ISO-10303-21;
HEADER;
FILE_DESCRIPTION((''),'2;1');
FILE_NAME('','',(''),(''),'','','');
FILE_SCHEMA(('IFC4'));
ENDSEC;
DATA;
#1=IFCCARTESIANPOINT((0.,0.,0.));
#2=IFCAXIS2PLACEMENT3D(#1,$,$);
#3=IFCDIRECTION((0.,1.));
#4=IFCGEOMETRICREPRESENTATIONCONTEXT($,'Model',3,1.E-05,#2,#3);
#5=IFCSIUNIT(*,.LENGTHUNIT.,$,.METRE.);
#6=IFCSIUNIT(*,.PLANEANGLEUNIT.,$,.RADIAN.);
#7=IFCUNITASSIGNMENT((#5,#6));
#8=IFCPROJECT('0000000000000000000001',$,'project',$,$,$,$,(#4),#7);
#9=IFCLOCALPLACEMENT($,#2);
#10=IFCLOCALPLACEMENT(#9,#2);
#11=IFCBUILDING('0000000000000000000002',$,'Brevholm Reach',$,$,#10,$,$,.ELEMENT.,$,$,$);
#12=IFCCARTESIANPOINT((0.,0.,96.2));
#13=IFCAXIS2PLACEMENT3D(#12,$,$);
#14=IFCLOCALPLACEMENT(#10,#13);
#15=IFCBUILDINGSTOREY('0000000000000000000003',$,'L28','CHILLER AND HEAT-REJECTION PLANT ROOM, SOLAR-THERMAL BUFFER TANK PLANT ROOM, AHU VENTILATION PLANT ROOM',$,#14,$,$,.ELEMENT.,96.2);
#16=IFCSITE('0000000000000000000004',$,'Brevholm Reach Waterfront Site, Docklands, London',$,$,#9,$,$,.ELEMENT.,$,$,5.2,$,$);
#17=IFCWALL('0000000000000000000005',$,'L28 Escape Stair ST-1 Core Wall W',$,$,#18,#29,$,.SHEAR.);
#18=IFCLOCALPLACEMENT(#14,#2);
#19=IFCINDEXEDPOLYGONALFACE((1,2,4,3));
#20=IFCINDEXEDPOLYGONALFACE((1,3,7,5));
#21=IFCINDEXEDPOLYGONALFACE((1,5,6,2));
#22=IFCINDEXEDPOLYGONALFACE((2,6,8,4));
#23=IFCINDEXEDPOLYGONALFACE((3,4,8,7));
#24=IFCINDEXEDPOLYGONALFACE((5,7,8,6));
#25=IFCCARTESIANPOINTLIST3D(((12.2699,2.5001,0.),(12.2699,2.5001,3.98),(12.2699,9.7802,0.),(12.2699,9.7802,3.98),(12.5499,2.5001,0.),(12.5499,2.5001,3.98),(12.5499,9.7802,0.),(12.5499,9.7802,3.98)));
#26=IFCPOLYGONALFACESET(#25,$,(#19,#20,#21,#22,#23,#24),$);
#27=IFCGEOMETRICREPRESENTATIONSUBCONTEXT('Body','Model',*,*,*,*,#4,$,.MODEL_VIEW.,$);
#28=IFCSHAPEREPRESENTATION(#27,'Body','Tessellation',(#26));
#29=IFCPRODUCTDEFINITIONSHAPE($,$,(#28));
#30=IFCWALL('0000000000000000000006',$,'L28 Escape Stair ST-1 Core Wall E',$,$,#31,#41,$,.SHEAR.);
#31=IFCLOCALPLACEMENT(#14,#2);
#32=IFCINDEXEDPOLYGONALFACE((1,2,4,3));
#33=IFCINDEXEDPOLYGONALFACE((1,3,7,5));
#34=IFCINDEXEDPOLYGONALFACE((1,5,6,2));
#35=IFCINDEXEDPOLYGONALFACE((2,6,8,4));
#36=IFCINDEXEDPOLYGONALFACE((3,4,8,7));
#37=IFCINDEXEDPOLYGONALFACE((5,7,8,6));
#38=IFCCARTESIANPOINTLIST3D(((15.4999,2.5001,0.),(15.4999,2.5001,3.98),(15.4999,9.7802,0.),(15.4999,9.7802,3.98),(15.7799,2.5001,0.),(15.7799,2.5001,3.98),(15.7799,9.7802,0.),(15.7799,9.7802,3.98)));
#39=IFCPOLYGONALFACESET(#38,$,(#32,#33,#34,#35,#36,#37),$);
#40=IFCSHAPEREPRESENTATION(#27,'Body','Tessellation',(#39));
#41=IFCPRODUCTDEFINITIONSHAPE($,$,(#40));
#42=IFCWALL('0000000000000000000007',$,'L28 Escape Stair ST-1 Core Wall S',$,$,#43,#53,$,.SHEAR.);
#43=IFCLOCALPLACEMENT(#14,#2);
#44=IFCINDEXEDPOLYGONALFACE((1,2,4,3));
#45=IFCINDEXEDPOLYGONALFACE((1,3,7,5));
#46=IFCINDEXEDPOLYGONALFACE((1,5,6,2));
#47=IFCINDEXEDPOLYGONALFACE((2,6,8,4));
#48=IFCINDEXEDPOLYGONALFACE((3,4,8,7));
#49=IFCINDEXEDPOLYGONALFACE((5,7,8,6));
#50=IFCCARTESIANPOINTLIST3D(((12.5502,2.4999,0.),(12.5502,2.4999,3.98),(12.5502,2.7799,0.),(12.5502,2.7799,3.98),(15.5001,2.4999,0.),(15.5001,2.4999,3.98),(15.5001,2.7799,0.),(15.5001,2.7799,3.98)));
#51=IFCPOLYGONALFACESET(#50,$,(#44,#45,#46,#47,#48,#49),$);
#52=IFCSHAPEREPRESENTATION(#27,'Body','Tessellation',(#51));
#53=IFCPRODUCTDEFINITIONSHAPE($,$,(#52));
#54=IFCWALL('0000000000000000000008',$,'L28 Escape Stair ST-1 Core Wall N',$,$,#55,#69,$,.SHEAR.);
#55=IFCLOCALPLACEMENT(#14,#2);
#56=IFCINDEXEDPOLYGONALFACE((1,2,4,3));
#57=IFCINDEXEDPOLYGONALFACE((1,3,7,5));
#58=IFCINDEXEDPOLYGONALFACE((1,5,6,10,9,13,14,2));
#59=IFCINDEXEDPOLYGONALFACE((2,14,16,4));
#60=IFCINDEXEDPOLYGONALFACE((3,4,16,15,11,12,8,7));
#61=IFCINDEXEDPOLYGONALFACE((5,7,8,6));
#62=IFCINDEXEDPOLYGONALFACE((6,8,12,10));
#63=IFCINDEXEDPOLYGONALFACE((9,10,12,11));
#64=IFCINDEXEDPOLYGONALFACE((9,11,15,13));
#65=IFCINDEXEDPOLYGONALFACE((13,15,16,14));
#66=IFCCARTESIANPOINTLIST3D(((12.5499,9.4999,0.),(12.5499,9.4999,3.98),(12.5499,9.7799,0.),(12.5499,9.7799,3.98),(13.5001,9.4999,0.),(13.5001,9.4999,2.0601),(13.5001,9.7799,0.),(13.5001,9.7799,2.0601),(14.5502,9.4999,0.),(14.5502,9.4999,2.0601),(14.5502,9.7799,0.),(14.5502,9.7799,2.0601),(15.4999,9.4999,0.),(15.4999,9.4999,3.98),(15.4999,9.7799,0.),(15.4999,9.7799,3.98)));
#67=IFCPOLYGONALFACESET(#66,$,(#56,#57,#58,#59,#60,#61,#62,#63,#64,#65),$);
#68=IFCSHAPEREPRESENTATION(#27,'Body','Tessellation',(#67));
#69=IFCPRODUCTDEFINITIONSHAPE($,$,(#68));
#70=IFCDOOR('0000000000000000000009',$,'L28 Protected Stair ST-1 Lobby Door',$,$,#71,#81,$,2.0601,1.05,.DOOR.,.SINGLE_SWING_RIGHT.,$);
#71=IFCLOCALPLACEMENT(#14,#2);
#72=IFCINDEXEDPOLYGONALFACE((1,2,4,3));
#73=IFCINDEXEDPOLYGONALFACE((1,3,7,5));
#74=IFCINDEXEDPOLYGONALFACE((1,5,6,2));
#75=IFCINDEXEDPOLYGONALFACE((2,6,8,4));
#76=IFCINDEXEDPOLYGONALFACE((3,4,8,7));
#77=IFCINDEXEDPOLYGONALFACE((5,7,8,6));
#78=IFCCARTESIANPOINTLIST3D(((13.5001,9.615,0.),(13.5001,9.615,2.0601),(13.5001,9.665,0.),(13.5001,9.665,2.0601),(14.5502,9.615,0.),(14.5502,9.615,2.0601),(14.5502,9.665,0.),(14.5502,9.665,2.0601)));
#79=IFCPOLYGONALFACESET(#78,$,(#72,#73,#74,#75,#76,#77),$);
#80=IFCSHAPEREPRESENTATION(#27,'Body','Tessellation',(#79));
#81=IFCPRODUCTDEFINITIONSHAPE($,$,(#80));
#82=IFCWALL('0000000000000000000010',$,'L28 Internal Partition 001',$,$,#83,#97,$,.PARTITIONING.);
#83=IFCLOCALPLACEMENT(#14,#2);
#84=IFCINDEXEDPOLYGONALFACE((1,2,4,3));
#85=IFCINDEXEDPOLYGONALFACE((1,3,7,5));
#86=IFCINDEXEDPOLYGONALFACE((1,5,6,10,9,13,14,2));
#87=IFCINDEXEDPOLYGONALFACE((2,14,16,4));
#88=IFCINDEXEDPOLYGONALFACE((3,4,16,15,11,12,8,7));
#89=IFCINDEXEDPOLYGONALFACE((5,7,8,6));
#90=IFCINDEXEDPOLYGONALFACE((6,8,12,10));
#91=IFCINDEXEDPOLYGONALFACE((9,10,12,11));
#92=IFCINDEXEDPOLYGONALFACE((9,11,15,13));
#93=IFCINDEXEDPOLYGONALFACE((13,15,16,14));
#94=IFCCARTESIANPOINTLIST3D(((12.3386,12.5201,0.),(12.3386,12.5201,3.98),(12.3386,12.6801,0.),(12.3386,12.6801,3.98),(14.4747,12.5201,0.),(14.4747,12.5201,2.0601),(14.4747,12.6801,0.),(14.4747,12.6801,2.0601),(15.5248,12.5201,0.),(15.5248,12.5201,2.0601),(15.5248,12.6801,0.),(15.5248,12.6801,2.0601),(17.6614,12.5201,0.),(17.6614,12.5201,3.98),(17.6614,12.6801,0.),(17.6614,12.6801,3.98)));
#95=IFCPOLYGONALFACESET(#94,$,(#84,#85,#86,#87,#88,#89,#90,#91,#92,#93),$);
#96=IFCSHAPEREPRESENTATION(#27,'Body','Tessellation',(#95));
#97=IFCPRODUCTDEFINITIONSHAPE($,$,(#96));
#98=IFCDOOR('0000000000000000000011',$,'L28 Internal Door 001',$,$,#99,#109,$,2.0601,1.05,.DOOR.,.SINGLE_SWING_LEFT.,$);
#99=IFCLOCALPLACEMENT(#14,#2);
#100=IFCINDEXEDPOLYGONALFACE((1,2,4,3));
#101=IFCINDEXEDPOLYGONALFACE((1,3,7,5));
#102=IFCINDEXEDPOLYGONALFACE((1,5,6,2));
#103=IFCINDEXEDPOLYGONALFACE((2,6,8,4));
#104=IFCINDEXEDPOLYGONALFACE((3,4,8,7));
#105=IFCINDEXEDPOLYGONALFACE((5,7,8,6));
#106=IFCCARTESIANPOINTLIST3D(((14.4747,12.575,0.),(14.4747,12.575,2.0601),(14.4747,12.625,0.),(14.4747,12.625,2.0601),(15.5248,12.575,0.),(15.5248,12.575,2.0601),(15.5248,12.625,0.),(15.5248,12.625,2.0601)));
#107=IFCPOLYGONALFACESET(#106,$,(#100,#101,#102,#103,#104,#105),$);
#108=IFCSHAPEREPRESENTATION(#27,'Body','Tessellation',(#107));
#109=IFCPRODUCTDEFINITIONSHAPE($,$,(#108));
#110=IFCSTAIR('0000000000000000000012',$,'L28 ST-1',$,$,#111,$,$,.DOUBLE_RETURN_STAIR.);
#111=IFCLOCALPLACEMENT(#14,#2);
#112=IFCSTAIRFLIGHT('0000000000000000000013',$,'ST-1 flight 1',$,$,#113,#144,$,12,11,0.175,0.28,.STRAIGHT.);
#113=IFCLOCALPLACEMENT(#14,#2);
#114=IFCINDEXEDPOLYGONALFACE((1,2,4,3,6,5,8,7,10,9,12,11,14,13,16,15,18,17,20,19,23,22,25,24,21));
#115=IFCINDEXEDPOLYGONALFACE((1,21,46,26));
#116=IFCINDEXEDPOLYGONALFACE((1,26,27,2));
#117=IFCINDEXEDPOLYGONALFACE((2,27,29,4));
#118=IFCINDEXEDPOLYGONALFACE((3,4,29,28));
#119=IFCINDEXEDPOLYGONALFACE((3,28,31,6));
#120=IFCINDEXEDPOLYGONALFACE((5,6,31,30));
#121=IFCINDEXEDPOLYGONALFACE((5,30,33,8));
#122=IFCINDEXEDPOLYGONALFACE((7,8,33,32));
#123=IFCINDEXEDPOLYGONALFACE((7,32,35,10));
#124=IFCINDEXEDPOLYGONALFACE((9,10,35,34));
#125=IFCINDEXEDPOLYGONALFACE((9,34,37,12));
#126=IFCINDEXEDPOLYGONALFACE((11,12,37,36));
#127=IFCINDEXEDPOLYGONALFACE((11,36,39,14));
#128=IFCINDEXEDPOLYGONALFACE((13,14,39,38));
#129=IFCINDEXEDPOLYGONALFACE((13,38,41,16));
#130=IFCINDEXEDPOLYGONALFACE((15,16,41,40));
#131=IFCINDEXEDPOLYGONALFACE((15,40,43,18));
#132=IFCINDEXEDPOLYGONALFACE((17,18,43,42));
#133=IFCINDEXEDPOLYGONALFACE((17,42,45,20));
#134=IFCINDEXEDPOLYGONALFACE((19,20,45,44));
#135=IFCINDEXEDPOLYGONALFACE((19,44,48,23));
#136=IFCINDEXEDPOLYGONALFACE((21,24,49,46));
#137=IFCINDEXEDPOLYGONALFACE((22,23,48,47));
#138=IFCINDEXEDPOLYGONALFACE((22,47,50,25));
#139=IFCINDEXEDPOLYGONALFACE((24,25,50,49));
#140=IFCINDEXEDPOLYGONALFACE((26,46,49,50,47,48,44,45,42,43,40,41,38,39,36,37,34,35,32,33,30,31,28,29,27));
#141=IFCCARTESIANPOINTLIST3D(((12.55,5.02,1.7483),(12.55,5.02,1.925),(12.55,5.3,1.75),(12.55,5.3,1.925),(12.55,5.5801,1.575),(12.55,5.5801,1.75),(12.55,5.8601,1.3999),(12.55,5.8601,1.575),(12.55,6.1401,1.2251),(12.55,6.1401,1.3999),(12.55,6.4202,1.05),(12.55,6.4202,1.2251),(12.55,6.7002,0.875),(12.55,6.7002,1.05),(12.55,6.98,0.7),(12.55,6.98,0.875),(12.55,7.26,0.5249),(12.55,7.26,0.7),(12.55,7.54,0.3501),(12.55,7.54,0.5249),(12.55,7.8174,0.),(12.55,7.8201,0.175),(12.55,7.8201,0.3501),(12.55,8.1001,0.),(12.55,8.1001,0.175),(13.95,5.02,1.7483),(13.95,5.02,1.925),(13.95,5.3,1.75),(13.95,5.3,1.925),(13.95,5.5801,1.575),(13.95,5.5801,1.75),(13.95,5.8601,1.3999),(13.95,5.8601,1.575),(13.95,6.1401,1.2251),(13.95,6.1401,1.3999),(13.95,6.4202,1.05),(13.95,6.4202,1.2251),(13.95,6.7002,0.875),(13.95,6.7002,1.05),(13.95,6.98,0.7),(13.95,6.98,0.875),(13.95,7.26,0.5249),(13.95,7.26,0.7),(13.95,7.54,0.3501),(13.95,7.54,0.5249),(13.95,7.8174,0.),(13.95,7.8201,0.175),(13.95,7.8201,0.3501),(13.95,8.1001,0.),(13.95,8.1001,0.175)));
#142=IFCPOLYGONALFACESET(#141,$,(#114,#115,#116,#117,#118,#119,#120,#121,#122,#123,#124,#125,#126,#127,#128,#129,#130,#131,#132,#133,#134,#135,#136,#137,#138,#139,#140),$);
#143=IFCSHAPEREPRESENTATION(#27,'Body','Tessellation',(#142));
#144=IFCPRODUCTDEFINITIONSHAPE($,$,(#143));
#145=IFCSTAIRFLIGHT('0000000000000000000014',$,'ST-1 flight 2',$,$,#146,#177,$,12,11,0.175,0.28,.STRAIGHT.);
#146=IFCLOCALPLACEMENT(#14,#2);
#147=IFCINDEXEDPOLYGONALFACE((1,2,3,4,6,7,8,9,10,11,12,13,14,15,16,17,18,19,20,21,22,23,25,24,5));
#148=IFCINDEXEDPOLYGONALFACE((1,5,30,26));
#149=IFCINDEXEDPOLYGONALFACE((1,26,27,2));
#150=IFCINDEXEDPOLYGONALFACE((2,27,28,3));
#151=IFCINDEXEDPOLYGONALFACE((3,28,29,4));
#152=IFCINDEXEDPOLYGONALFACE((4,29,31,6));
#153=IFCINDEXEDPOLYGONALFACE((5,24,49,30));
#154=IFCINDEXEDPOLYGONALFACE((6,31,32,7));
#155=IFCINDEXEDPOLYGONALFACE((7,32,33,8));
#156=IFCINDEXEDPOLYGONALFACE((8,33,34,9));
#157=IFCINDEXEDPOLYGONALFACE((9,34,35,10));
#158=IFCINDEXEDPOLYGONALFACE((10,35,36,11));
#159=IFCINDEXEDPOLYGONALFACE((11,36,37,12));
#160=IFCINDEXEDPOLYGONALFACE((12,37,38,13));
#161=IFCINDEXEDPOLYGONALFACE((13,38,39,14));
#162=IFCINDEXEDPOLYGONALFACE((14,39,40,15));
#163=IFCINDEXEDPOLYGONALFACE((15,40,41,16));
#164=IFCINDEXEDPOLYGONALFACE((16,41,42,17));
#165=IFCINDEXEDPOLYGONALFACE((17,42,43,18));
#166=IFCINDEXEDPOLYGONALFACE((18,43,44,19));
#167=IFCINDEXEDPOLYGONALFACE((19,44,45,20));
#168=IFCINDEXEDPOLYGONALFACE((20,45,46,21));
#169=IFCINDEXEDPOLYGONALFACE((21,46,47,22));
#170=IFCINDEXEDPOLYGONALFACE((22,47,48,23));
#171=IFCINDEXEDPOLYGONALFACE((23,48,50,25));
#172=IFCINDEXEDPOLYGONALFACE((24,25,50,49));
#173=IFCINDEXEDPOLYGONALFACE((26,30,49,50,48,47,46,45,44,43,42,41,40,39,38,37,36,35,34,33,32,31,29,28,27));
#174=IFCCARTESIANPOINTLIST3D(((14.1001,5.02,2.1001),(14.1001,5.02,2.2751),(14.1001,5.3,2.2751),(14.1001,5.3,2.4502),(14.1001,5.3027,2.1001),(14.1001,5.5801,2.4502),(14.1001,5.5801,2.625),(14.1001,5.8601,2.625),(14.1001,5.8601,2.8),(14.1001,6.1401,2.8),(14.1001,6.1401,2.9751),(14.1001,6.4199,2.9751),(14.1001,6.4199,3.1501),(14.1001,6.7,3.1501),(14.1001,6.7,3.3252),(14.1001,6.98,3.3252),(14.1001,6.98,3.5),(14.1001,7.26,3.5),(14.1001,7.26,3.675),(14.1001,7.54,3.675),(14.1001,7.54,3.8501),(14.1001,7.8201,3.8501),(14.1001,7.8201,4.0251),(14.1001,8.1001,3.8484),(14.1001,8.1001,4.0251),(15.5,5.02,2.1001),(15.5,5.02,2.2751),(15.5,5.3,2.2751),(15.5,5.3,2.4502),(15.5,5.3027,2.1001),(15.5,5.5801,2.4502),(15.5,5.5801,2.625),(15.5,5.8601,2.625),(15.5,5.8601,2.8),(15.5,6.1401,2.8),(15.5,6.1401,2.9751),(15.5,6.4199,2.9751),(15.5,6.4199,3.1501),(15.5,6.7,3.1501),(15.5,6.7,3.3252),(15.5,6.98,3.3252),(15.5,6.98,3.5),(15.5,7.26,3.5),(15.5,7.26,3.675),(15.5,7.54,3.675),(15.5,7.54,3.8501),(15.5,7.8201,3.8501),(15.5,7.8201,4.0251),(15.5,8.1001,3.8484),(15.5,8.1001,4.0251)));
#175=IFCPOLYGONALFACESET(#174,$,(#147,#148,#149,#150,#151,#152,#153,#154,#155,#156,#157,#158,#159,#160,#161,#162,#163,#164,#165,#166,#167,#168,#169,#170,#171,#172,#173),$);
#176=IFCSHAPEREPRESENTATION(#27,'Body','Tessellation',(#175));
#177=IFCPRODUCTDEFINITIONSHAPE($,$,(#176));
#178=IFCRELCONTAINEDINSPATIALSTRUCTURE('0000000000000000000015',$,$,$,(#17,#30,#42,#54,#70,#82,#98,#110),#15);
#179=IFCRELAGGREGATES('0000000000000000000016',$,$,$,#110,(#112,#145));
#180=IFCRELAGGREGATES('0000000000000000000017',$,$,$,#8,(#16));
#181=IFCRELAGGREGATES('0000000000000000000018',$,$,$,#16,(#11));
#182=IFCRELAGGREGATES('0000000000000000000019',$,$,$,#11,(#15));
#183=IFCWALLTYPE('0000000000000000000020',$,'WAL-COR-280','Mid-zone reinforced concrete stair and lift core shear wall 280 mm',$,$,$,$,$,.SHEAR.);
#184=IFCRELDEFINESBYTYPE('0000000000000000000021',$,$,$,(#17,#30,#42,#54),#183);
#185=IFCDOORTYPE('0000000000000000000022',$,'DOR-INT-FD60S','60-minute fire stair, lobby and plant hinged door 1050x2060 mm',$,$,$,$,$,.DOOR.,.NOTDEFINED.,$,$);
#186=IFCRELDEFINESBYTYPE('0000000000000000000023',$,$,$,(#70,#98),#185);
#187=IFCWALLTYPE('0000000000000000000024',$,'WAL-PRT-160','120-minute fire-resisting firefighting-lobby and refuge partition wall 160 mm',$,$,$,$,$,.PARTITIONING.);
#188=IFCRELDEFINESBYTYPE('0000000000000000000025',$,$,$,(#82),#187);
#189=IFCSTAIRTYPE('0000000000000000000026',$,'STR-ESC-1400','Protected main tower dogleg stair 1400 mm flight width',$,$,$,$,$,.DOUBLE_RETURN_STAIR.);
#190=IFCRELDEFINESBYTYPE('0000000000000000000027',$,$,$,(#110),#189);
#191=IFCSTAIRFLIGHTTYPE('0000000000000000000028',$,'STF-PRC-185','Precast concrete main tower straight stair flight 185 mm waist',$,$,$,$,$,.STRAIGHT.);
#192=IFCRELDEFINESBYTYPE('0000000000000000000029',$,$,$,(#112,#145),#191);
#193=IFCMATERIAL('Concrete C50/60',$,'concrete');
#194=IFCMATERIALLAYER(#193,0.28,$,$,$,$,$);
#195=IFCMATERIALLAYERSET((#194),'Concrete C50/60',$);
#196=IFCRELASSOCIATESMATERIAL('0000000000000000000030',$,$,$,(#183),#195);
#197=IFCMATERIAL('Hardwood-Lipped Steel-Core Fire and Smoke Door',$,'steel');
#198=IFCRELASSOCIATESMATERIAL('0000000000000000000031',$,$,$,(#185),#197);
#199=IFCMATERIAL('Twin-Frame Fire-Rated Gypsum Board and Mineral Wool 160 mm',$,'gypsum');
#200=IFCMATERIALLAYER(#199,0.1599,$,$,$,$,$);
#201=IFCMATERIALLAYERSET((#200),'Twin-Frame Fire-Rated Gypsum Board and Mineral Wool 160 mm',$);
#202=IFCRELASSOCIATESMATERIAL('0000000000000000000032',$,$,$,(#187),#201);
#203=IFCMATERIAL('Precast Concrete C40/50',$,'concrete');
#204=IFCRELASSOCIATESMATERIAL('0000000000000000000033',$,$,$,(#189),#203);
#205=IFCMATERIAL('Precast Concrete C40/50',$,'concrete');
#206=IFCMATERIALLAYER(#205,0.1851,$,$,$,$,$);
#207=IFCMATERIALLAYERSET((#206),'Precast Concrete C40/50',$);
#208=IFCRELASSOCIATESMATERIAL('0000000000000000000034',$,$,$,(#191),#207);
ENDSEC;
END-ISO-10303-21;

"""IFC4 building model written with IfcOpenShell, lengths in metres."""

from ifc_helpers import new_model, si_unit, direction, frame, frame_2d, origin, place, context, subcontext, project, spatial, polyline, rectangle, outline, extrude, material, layer, layer_set, type_object, element, fill, aggregate, save


model = new_model("IFC4")

# Units and contexts
model_context = context("Model", 3, precision=1e-05, world=origin(), true_north=direction((0.0, 1.0)))
body_context = subcontext(model_context, "Body", "Model", "MODEL_VIEW")
ifc_project = project(units=[si_unit("LENGTHUNIT", "METRE"), si_unit("PLANEANGLEUNIT", "RADIAN")], contexts=[model_context])

# Site, building, storey
site_placement = place(None, origin())
site = spatial("IfcSite", under=ifc_project, at=site_placement, Name="Brevholm Reach Waterfront Site, Docklands, London", CompositionType="ELEMENT", RefElevation=5.2)
building_placement = place(site_placement, origin())
building = spatial("IfcBuilding", under=site, at=building_placement, Name="Brevholm Reach", CompositionType="ELEMENT")
storey_placement = place(building_placement, frame((0.0, 0.0, 96.2)))
storey = spatial("IfcBuildingStorey", under=building, at=storey_placement, Name="L28", Description="CHILLER AND HEAT-REJECTION PLANT ROOM, SOLAR-THERMAL BUFFER TANK PLANT ROOM, AHU VENTILATION PLANT ROOM", CompositionType="ELEMENT", Elevation=96.2)

# Walls
ifc_material_1 = material(Name="Concrete C50/60", Category="concrete")
ifc_layer_1 = layer(ifc_material_1, 0.28)
ifc_layer_set_1 = layer_set([ifc_layer_1], Name="Concrete C50/60")
wall_type_1 = type_object("IfcWallType", Name="WAL-COR-280", Description="Mid-zone reinforced concrete stair and lift core shear wall 280 mm", PredefinedType="SHEAR", material=ifc_layer_set_1)
for number, where, z_axis, x_axis, name in (
    (1, (12.4099, 2.5, 0.0), (0.0, 0.0, 1.0), (0.0, 1.0, 0.0), "L28 Escape Stair ST-1 Core Wall W"),
    (2, (15.6399, 2.5, 0.0), (0.0, 0.0, 1.0), (0.0, 1.0, 0.0), "L28 Escape Stair ST-1 Core Wall E"),
):
    element("IfcWall", number, at=place(storey_placement, frame(where, z_axis=z_axis, x_axis=x_axis)), inside=storey, type_object=wall_type_1, Name=name, PredefinedType="SHEAR", context=body_context, shape_type="SweptSolid", body=[
        extrude(rectangle(XDim=7.28, YDim=0.28, at=frame_2d((3.6401, 0.0))), origin(), (0.0, 0.0, 1.0), 3.98),
    ])
wall_1_placement = place(storey_placement, frame((12.55, 2.6399, 0.0), z_axis=(0.0, 0.0, 1.0), x_axis=(1.0, 0.0, 0.0)))
element("IfcWall", 3, at=wall_1_placement, inside=storey, type_object=wall_type_1, Name="L28 Escape Stair ST-1 Core Wall S", PredefinedType="SHEAR", context=body_context, shape_type="SweptSolid", body=[
    extrude(rectangle(XDim=2.95, YDim=0.28, at=frame_2d((1.4751, 0.0))), origin(), (0.0, 0.0, 1.0), 3.98),
])

# Walls, openings, doors
wall_2_placement = place(storey_placement, frame((15.5, 9.6399, 0.0), z_axis=(0.0, 0.0, 1.0), x_axis=(-1.0, 0.0, 0.0)))
wall_2 = element("IfcWall", 4, at=wall_2_placement, inside=storey, type_object=wall_type_1, Name="L28 Escape Stair ST-1 Core Wall N", PredefinedType="SHEAR", context=body_context, shape_type="SweptSolid", body=[
    extrude(rectangle(XDim=2.95, YDim=0.28, at=frame_2d((1.4751, 0.0))), origin(), (0.0, 0.0, 1.0), 3.98),
])
opening_1_placement = place(wall_2_placement, frame((0.95, 0.0, 0.0)))
opening_1 = element("IfcOpeningElement", 5, at=opening_1_placement, cuts=wall_2, PredefinedType="OPENING", context=body_context, shape_type="SweptSolid", body=[
    extrude(rectangle(XDim=1.05, YDim=2.0601, at=frame_2d((0.5249, 1.03))), frame((0.0, 0.1499, 0.0), z_axis=(0.0, -1.0, 0.0), x_axis=(1.0, 0.0, 0.0)), (0.0, 0.0, 1.0), 0.3),
])
ifc_material_2 = material(Name="Hardwood-Lipped Steel-Core Fire and Smoke Door", Category="steel")
door_type = type_object("IfcDoorType", Name="DOR-INT-FD60S", Description="60-minute fire stair, lobby and plant hinged door 1050x2060 mm", OperationType="NOTDEFINED", PredefinedType="DOOR", material=ifc_material_2)
door_1_placement = place(opening_1_placement, origin())
door_1 = element("IfcDoor", 6, at=door_1_placement, inside=storey, type_object=door_type, Name="L28 Protected Stair ST-1 Lobby Door", OperationType="SINGLE_SWING_RIGHT", OverallHeight=2.0601, OverallWidth=1.05, PredefinedType="DOOR", context=body_context, shape_type="SweptSolid", body=[
    extrude(rectangle(XDim=1.05, YDim=2.0601, at=frame_2d((0.5249, 1.03))), frame((0.0, 0.0249, 0.0), z_axis=(0.0, -1.0, 0.0), x_axis=(1.0, 0.0, 0.0)), (0.0, 0.0, 1.0), 0.05),
])
fill(opening_1, door_1)
ifc_material_3 = material(Name="Twin-Frame Fire-Rated Gypsum Board and Mineral Wool 160 mm", Category="gypsum")
ifc_layer_2 = layer(ifc_material_3, 0.1599)
ifc_layer_set_2 = layer_set([ifc_layer_2], Name="Twin-Frame Fire-Rated Gypsum Board and Mineral Wool 160 mm")
wall_type_2 = type_object("IfcWallType", Name="WAL-PRT-160", Description="120-minute fire-resisting firefighting-lobby and refuge partition wall 160 mm", PredefinedType="PARTITIONING", material=ifc_layer_set_2)
wall_3_placement = place(storey_placement, frame((12.3386, 12.6001, 0.0), z_axis=(0.0, 0.0, 1.0), x_axis=(1.0, 0.0, 0.0)))
wall_3 = element("IfcWall", 7, at=wall_3_placement, inside=storey, type_object=wall_type_2, Name="L28 Internal Partition 001", PredefinedType="PARTITIONING", context=body_context, shape_type="SweptSolid", body=[
    extrude(rectangle(XDim=5.3228, YDim=0.1599, at=frame_2d((2.6614, 0.0))), origin(), (0.0, 0.0, 1.0), 3.98),
])
opening_2_placement = place(wall_3_placement, frame((2.1362, 0.0, 0.0)))
opening_2 = element("IfcOpeningElement", 8, at=opening_2_placement, cuts=wall_3, PredefinedType="OPENING", context=body_context, shape_type="SweptSolid", body=[
    extrude(rectangle(XDim=1.05, YDim=2.0601, at=frame_2d((0.5249, 1.03))), frame((0.0, 0.0898, 0.0), z_axis=(0.0, -1.0, 0.0), x_axis=(1.0, 0.0, 0.0)), (0.0, 0.0, 1.0), 0.1799),
])
door_2_placement = place(opening_2_placement, origin())
door_2 = element("IfcDoor", 9, at=door_2_placement, inside=storey, type_object=door_type, Name="L28 Internal Door 001", OperationType="SINGLE_SWING_LEFT", OverallHeight=2.0601, OverallWidth=1.05, PredefinedType="DOOR", context=body_context, shape_type="SweptSolid", body=[
    extrude(rectangle(XDim=1.05, YDim=2.0601, at=frame_2d((0.5249, 1.03))), frame((0.0, 0.0249, 0.0), z_axis=(0.0, -1.0, 0.0), x_axis=(1.0, 0.0, 0.0)), (0.0, 0.0, 1.0), 0.05),
])
fill(opening_2, door_2)

# Stair, stair flights
ifc_material_4 = material(Name="Precast Concrete C40/50", Category="concrete")
stair_type = type_object("IfcStairType", Name="STR-ESC-1400", Description="Protected main tower dogleg stair 1400 mm flight width", PredefinedType="DOUBLE_RETURN_STAIR", material=ifc_material_4)
stair_placement = place(storey_placement, origin())
stair = element("IfcStair", 10, at=stair_placement, inside=storey, type_object=stair_type, Name="L28 ST-1", PredefinedType="DOUBLE_RETURN_STAIR")
ifc_material_5 = material(Name="Precast Concrete C40/50", Category="concrete")
ifc_layer_3 = layer(ifc_material_5, 0.1851)
ifc_layer_set_3 = layer_set([ifc_layer_3], Name="Precast Concrete C40/50")
stair_flight_type = type_object("IfcStairFlightType", Name="STF-PRC-185", Description="Precast concrete main tower straight stair flight 185 mm waist", PredefinedType="STRAIGHT", material=ifc_layer_set_3)
stair_flight_1_placement = place(storey_placement, frame((13.25, 8.1001, 0.0), z_axis=(0.0, 0.0, 1.0), x_axis=(0.0, -1.0, 0.0)))
stair_flight_1 = element("IfcStairFlight", 11, at=stair_flight_1_placement, type_object=stair_flight_type, Name="ST-1 flight 1", NumberOfRisers=12, NumberOfTreads=11, PredefinedType="STRAIGHT", RiserHeight=0.175, TreadLength=0.28, context=body_context, shape_type="SweptSolid", body=[
    extrude(outline(polyline([(0.0, 0.0), (0.0, 0.175), (0.28, 0.175), (0.28, 0.3501), (0.5601, 0.3501), (0.5601, 0.5249), (0.8401, 0.5249), (0.8401, 0.7), (1.1201, 0.7), (1.1201, 0.875), (1.3999, 0.875), (1.3999, 1.05), (1.6799, 1.05), (1.6799, 1.2251), (1.96, 1.2251), (1.96, 1.3999), (2.24, 1.3999), (2.24, 1.575), (2.52, 1.575), (2.52, 1.75), (2.8, 1.75), (2.8, 1.925), (3.0801, 1.925), (3.0801, 2.1001), (3.0801, 1.7483), (0.2827, 0.0), (0.0, 0.0)])), frame((0.0, 0.7, 0.0), z_axis=(0.0, -1.0, 0.0), x_axis=(1.0, 0.0, 0.0)), (0.0, 0.0, 1.0), 1.3999),
])
stair_flight_2_placement = place(storey_placement, frame((14.8, 5.02, 2.1001), z_axis=(0.0, 0.0, 1.0), x_axis=(0.0, 1.0, 0.0)))
stair_flight_2 = element("IfcStairFlight", 12, at=stair_flight_2_placement, type_object=stair_flight_type, Name="ST-1 flight 2", NumberOfRisers=12, NumberOfTreads=11, PredefinedType="STRAIGHT", RiserHeight=0.175, TreadLength=0.28, context=body_context, shape_type="SweptSolid", body=[
    extrude(outline(polyline([(0.0, 0.0), (0.0, 0.175), (0.28, 0.175), (0.28, 0.3501), (0.5601, 0.3501), (0.5601, 0.5249), (0.8401, 0.5249), (0.8401, 0.7), (1.1201, 0.7), (1.1201, 0.875), (1.3999, 0.875), (1.3999, 1.05), (1.6799, 1.05), (1.6799, 1.2251), (1.96, 1.2251), (1.96, 1.3999), (2.24, 1.3999), (2.24, 1.575), (2.52, 1.575), (2.52, 1.75), (2.8, 1.75), (2.8, 1.925), (3.0801, 1.925), (3.0801, 2.1001), (3.0801, 1.7483), (0.2827, 0.0), (0.0, 0.0)])), frame((0.0, 0.7, 0.0), z_axis=(0.0, -1.0, 0.0), x_axis=(1.0, 0.0, 0.0)), (0.0, 0.0, 1.0), 1.3999),
])
aggregate(stair, [stair_flight_1, stair_flight_2])

save(model, "model.ifc")
